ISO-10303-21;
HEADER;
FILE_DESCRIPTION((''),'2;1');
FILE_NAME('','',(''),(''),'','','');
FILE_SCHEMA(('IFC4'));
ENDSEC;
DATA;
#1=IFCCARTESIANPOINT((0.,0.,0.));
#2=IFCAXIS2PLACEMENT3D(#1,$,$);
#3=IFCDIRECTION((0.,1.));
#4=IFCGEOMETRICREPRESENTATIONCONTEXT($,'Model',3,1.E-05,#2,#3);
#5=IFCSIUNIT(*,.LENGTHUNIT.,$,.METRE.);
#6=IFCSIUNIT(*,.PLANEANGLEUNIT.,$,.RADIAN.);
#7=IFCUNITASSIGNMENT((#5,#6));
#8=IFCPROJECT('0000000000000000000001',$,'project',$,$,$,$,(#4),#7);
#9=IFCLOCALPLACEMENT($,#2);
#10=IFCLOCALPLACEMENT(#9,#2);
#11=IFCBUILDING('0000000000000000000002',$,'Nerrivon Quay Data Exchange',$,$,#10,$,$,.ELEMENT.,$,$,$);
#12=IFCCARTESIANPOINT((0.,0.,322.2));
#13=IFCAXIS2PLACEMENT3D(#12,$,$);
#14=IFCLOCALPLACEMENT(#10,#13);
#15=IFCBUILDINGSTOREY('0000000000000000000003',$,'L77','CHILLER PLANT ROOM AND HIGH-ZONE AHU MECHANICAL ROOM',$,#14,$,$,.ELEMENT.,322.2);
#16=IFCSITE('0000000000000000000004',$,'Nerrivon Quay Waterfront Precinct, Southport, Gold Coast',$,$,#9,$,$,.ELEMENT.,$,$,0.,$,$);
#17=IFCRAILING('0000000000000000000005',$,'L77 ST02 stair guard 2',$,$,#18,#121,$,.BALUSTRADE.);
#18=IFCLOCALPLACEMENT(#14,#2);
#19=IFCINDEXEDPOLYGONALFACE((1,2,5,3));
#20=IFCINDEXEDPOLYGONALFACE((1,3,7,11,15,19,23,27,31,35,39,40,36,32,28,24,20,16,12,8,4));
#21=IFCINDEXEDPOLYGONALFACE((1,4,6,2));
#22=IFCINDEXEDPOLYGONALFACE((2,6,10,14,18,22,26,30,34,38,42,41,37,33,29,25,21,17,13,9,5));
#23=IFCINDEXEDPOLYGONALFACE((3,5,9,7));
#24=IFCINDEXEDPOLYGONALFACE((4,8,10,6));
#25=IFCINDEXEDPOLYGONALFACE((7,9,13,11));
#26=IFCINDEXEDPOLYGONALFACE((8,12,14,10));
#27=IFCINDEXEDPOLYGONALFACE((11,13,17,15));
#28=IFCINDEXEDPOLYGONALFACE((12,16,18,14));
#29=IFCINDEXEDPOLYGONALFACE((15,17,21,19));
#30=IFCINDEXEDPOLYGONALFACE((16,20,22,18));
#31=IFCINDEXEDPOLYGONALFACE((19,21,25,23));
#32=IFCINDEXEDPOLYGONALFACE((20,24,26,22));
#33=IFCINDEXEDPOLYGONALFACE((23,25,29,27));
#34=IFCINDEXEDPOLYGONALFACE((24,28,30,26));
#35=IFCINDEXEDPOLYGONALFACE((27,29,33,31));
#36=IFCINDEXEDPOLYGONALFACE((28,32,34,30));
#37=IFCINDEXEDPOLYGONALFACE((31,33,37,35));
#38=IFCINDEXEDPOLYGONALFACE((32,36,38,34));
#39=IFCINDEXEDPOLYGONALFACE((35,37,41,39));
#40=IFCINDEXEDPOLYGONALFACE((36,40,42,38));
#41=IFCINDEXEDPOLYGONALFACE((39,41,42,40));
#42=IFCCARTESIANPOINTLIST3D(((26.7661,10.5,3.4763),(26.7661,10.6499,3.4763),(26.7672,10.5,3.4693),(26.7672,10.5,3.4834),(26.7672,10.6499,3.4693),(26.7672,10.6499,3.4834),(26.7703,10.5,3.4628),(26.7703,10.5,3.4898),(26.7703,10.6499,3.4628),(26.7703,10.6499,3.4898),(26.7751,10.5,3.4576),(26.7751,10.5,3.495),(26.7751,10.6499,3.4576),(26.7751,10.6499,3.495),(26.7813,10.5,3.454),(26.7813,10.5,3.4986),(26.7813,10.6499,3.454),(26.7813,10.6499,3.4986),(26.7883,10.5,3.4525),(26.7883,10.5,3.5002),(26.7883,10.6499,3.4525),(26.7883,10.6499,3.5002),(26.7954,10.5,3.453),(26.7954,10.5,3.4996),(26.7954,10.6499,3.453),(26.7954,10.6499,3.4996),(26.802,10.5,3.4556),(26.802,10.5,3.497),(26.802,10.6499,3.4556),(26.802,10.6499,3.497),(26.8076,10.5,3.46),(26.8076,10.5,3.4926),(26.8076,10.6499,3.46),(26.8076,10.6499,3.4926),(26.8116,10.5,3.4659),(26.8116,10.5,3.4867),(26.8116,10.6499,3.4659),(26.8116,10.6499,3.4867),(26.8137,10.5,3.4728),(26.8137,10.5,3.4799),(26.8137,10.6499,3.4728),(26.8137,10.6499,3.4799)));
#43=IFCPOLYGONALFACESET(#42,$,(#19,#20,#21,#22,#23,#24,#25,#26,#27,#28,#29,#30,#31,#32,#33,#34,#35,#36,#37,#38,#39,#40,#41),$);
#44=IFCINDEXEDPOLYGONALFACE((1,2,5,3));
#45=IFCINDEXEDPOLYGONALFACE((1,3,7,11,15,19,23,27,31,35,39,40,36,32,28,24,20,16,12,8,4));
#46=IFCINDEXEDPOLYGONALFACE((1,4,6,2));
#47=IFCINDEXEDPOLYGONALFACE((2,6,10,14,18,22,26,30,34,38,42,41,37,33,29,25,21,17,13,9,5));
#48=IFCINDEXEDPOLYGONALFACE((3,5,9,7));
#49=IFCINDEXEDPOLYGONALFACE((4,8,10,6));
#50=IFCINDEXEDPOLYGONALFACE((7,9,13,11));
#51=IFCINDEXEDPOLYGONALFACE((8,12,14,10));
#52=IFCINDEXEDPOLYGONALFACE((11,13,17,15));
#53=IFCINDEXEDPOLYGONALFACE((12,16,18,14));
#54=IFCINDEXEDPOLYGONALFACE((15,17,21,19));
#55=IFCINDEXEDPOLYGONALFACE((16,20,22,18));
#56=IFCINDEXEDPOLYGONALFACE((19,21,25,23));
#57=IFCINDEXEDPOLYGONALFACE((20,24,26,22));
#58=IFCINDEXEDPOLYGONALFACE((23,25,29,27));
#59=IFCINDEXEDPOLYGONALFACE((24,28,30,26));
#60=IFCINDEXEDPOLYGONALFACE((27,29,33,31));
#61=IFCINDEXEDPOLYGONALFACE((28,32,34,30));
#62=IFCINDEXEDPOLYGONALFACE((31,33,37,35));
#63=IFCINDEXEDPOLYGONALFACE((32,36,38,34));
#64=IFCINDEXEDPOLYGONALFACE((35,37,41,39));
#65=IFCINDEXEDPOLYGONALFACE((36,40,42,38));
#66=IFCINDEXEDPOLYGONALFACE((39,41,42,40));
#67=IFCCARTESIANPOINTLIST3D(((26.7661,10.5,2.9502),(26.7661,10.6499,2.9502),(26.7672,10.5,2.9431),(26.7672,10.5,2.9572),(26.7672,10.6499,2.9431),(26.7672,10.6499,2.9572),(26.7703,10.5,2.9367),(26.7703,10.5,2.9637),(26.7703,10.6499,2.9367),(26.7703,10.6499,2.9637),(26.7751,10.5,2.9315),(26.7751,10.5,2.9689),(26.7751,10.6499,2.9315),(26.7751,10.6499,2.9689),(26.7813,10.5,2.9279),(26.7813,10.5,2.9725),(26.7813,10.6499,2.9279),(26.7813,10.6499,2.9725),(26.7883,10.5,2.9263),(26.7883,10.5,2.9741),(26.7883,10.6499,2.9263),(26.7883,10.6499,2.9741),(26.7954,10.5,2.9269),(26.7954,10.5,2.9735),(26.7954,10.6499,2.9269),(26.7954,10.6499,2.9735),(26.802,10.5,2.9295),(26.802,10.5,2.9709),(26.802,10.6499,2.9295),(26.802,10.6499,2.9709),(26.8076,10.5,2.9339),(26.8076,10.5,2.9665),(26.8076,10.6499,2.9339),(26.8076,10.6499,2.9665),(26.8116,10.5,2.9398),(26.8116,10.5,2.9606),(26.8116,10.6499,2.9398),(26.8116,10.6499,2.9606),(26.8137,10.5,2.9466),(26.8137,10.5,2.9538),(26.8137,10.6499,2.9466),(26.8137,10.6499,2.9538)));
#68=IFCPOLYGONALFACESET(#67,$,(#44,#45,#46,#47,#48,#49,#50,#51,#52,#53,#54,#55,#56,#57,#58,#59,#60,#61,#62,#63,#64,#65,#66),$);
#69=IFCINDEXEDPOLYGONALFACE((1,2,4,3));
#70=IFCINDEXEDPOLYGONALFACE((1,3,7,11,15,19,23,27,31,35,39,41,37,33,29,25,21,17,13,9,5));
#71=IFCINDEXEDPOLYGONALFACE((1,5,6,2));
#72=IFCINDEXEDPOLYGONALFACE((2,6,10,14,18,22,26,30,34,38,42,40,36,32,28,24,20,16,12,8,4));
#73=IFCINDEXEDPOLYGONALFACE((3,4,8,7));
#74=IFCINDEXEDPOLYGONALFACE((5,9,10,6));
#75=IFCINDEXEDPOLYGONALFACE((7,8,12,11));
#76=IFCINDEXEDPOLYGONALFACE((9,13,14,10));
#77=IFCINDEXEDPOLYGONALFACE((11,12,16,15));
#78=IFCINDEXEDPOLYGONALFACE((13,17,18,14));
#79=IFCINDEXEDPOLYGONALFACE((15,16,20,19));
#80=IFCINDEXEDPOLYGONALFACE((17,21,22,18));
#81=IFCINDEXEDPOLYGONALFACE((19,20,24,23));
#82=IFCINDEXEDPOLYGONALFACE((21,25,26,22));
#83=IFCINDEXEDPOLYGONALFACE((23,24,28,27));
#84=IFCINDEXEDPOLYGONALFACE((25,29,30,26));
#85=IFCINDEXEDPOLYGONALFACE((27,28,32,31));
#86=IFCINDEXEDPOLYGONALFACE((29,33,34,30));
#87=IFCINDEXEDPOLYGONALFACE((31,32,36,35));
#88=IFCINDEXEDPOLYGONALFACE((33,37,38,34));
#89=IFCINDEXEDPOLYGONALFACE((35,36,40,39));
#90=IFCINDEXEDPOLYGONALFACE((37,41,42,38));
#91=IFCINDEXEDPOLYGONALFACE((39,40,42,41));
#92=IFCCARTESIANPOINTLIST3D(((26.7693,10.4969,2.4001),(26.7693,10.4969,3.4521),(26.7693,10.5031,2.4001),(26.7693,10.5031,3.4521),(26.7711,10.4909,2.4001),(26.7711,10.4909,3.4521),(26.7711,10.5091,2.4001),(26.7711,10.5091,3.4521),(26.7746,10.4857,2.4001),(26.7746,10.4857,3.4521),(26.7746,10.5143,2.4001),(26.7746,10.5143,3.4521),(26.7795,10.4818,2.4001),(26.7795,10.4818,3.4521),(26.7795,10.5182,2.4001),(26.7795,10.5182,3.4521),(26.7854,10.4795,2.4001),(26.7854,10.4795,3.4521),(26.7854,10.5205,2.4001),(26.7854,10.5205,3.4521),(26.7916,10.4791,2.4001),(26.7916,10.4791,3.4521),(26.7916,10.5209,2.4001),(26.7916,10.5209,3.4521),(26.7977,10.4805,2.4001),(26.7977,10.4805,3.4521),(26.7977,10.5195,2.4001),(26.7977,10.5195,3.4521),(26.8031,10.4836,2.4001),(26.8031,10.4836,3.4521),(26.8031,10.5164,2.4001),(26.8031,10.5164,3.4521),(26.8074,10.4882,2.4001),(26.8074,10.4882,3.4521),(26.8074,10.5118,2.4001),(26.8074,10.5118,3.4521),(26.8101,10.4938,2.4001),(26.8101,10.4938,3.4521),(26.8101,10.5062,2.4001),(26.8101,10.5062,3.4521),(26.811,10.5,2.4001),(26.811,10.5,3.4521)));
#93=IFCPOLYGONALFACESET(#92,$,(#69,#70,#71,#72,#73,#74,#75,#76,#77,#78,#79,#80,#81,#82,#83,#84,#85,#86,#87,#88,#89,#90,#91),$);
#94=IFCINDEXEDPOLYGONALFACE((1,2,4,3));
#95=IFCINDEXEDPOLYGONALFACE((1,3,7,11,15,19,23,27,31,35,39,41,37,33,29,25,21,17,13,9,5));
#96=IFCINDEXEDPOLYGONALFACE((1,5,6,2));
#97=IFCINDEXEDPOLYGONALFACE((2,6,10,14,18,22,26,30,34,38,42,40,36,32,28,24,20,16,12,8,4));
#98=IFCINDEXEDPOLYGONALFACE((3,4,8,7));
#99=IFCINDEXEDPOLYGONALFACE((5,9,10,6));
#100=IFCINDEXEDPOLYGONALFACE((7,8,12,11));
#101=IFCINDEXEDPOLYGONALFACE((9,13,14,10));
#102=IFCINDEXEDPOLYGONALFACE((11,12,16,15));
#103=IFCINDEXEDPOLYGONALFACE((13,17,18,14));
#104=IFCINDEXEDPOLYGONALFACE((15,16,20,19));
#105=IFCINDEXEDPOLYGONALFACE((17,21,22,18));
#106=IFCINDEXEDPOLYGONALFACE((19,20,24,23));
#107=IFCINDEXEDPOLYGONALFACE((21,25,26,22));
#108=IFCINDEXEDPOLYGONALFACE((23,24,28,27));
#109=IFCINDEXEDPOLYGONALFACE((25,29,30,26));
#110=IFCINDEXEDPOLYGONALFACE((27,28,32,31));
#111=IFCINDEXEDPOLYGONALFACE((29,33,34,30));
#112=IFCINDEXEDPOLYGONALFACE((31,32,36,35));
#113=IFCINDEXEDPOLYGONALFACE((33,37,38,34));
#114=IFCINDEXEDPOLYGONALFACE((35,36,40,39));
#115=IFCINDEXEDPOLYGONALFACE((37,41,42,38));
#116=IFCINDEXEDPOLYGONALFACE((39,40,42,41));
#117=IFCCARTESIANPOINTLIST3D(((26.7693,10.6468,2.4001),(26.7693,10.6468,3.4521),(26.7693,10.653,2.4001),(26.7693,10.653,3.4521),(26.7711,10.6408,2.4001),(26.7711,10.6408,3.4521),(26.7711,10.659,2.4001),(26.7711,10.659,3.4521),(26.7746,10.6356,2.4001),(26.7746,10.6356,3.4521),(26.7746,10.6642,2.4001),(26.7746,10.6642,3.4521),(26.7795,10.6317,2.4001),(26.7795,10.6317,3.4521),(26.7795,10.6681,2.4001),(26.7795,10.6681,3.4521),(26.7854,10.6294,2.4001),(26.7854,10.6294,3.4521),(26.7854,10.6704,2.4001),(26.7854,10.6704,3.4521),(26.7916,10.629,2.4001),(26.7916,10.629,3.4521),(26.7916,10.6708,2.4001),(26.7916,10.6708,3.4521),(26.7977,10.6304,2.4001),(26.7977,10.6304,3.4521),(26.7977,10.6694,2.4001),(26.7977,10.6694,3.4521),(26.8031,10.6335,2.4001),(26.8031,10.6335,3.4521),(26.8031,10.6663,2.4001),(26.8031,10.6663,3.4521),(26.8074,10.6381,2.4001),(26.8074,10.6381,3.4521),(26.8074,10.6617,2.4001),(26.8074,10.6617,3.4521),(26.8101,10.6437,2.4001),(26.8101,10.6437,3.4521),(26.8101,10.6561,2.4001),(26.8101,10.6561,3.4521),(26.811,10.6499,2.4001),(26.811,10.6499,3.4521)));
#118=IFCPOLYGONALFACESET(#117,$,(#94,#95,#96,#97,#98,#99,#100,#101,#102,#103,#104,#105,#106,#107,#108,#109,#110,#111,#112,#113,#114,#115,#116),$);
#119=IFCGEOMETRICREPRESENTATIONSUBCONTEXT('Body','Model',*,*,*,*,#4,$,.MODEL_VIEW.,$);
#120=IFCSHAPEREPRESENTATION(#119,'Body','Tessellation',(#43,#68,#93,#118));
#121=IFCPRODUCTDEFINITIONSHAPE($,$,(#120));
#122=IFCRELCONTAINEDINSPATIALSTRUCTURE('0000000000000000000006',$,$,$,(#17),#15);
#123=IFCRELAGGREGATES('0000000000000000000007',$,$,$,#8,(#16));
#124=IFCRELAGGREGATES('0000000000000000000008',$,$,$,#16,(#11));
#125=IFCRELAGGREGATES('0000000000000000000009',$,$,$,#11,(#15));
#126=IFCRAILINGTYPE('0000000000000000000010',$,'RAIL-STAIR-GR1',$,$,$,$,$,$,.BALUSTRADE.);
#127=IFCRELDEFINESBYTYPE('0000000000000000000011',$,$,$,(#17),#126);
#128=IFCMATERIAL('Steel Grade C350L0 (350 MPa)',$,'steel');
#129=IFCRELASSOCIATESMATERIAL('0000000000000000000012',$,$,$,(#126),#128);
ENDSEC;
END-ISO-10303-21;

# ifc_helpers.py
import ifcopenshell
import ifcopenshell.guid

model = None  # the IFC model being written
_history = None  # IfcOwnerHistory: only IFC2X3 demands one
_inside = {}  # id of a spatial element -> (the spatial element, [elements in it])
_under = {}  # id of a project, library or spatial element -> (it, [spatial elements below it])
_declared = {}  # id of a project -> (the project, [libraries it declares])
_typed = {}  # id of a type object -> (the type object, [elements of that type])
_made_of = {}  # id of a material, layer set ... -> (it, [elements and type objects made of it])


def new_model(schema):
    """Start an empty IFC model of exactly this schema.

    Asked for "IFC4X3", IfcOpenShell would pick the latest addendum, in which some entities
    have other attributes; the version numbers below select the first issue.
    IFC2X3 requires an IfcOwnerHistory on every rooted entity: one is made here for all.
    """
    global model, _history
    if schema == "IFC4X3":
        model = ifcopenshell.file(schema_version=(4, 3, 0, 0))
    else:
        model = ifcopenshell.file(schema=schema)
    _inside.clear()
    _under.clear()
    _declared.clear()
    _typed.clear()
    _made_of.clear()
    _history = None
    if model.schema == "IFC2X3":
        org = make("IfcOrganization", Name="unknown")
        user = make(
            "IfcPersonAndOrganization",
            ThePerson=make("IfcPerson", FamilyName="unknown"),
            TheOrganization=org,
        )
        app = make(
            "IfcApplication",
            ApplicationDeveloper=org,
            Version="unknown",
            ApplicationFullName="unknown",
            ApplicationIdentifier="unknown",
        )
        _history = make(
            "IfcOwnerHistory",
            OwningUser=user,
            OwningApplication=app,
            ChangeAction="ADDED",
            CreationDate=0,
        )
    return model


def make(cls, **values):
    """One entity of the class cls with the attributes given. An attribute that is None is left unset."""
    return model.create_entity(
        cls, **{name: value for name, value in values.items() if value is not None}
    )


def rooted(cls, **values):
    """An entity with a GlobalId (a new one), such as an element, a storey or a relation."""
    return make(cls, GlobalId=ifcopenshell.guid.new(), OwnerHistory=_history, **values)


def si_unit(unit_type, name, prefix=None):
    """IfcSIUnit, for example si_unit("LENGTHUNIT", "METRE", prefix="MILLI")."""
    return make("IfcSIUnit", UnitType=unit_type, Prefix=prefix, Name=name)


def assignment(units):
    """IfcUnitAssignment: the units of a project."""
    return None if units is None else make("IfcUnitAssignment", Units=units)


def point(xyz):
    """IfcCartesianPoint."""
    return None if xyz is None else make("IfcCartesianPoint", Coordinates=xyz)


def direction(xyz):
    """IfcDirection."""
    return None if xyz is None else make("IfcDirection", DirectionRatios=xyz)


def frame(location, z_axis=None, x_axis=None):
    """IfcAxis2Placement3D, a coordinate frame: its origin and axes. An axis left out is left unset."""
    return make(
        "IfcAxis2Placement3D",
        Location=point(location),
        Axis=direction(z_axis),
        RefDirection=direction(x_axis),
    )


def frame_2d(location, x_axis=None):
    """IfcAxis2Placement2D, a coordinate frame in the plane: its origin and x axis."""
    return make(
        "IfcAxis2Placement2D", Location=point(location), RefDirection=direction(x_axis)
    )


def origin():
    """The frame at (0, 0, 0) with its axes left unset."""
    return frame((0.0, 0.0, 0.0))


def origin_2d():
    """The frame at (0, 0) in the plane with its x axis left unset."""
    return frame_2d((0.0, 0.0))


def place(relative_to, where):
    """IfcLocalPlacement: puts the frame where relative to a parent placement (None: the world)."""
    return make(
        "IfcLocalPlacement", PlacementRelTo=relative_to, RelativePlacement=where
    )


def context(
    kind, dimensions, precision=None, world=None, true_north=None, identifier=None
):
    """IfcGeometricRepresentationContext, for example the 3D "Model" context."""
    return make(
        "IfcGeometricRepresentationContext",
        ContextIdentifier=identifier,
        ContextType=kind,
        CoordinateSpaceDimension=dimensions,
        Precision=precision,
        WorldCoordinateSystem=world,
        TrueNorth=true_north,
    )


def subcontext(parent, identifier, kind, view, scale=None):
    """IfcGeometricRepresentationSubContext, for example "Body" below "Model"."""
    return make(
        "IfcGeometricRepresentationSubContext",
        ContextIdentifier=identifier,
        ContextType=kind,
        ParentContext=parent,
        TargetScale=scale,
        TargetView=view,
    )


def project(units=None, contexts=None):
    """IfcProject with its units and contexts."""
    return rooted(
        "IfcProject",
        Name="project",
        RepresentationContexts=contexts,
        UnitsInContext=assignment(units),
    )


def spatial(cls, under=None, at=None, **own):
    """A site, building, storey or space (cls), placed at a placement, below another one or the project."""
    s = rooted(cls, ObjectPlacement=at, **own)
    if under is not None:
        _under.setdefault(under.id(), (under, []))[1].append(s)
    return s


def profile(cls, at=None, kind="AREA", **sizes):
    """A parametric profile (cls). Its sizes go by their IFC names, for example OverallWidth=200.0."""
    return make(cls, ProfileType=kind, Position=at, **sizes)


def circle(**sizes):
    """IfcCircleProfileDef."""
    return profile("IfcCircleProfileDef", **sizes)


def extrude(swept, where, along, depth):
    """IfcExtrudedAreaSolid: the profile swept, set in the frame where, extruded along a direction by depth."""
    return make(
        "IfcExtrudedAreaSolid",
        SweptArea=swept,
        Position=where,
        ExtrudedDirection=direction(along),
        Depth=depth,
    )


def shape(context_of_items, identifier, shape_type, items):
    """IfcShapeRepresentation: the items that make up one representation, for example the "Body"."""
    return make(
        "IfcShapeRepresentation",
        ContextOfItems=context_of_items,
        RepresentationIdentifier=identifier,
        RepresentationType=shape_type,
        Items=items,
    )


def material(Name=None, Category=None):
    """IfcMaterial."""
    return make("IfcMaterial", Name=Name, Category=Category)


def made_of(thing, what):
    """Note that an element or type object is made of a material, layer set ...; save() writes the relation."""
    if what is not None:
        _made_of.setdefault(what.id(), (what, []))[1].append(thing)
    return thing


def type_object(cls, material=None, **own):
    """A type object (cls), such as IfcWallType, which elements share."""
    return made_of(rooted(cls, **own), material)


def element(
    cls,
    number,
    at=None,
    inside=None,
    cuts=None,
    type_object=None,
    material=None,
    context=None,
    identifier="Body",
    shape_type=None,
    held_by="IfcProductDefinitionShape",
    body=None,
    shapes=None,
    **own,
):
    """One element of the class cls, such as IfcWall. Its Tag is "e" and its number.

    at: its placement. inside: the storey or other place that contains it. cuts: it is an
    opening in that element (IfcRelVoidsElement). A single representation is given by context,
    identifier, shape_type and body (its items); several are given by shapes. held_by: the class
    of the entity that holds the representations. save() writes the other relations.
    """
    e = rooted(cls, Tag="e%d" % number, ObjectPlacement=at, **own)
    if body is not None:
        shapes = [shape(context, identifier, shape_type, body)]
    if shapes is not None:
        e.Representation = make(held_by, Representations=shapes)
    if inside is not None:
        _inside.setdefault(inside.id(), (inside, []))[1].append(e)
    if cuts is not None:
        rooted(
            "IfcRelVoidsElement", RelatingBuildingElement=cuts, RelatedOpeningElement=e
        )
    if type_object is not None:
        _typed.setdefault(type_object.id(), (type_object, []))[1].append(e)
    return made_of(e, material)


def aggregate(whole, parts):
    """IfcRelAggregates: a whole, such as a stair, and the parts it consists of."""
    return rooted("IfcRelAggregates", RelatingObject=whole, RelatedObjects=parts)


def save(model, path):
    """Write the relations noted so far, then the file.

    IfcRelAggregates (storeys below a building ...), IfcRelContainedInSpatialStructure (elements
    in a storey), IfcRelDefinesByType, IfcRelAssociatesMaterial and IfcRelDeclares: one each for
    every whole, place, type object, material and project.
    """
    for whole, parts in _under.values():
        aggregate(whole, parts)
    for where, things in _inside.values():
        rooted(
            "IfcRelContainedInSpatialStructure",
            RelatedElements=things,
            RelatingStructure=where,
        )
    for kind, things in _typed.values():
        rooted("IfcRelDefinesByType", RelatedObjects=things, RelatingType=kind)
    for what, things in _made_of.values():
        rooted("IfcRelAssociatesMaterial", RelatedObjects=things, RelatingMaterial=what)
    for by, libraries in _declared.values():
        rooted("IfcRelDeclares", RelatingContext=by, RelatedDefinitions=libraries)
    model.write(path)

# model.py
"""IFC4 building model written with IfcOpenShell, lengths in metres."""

from ifc_helpers import new_model, si_unit, direction, frame, origin, origin_2d, place, context, subcontext, project, spatial, circle, extrude, material, type_object, element, save


model = new_model("IFC4")

# Units and contexts
model_context = context("Model", 3, precision=1e-05, world=origin(), true_north=direction((0.0, 1.0)))
body_context = subcontext(model_context, "Body", "Model", "MODEL_VIEW")
ifc_project = project(units=[si_unit("LENGTHUNIT", "METRE"), si_unit("PLANEANGLEUNIT", "RADIAN")], contexts=[model_context])

# Site, building, storey
site_placement = place(None, origin())
site = spatial("IfcSite", under=ifc_project, at=site_placement, Name="Nerrivon Quay Waterfront Precinct, Southport, Gold Coast", CompositionType="ELEMENT", RefElevation=0.0)
building_placement = place(site_placement, origin())
building = spatial("IfcBuilding", under=site, at=building_placement, Name="Nerrivon Quay Data Exchange", CompositionType="ELEMENT")
storey_placement = place(building_placement, frame((0.0, 0.0, 322.2)))
storey = spatial("IfcBuildingStorey", under=building, at=storey_placement, Name="L77", Description="CHILLER PLANT ROOM AND HIGH-ZONE AHU MECHANICAL ROOM", CompositionType="ELEMENT", Elevation=322.2)

# Railing
ifc_material_1 = material(Name="Steel Grade C350L0 (350 MPa)", Category="steel")
railing_type_1 = type_object("IfcRailingType", Name="RAIL-STAIR-GR1", PredefinedType="BALUSTRADE", material=ifc_material_1)
railing_1_placement = place(storey_placement, frame((26.79, 10.5, 2.4001)))
element("IfcRailing", 1, at=railing_1_placement, inside=storey, type_object=railing_type_1, Name="L77 ST02 stair guard 2", PredefinedType="BALUSTRADE", context=body_context, shape_type="SweptSolid", body=[
    extrude(circle(Radius=0.0239, at=origin_2d()), frame((0.0, 0.0, 1.0762), z_axis=(0.0, 1.0, 0.0), x_axis=(-1.0, 0.0, 0.0)), (0.0, 0.0, 1.0), 0.1499),
    extrude(circle(Radius=0.0239, at=origin_2d()), frame((0.0, 0.0, 0.55), z_axis=(0.0, 1.0, 0.0), x_axis=(-1.0, 0.0, 0.0)), (0.0, 0.0, 1.0), 0.1499),
    extrude(circle(Radius=0.021, at=origin_2d()), origin(), (0.0, 0.0, 1.0), 1.052),
    extrude(circle(Radius=0.021, at=origin_2d()), frame((0.0, 0.1499, 0.0)), (0.0, 0.0, 1.0), 1.052),
])

save(model, "model.ifc")
